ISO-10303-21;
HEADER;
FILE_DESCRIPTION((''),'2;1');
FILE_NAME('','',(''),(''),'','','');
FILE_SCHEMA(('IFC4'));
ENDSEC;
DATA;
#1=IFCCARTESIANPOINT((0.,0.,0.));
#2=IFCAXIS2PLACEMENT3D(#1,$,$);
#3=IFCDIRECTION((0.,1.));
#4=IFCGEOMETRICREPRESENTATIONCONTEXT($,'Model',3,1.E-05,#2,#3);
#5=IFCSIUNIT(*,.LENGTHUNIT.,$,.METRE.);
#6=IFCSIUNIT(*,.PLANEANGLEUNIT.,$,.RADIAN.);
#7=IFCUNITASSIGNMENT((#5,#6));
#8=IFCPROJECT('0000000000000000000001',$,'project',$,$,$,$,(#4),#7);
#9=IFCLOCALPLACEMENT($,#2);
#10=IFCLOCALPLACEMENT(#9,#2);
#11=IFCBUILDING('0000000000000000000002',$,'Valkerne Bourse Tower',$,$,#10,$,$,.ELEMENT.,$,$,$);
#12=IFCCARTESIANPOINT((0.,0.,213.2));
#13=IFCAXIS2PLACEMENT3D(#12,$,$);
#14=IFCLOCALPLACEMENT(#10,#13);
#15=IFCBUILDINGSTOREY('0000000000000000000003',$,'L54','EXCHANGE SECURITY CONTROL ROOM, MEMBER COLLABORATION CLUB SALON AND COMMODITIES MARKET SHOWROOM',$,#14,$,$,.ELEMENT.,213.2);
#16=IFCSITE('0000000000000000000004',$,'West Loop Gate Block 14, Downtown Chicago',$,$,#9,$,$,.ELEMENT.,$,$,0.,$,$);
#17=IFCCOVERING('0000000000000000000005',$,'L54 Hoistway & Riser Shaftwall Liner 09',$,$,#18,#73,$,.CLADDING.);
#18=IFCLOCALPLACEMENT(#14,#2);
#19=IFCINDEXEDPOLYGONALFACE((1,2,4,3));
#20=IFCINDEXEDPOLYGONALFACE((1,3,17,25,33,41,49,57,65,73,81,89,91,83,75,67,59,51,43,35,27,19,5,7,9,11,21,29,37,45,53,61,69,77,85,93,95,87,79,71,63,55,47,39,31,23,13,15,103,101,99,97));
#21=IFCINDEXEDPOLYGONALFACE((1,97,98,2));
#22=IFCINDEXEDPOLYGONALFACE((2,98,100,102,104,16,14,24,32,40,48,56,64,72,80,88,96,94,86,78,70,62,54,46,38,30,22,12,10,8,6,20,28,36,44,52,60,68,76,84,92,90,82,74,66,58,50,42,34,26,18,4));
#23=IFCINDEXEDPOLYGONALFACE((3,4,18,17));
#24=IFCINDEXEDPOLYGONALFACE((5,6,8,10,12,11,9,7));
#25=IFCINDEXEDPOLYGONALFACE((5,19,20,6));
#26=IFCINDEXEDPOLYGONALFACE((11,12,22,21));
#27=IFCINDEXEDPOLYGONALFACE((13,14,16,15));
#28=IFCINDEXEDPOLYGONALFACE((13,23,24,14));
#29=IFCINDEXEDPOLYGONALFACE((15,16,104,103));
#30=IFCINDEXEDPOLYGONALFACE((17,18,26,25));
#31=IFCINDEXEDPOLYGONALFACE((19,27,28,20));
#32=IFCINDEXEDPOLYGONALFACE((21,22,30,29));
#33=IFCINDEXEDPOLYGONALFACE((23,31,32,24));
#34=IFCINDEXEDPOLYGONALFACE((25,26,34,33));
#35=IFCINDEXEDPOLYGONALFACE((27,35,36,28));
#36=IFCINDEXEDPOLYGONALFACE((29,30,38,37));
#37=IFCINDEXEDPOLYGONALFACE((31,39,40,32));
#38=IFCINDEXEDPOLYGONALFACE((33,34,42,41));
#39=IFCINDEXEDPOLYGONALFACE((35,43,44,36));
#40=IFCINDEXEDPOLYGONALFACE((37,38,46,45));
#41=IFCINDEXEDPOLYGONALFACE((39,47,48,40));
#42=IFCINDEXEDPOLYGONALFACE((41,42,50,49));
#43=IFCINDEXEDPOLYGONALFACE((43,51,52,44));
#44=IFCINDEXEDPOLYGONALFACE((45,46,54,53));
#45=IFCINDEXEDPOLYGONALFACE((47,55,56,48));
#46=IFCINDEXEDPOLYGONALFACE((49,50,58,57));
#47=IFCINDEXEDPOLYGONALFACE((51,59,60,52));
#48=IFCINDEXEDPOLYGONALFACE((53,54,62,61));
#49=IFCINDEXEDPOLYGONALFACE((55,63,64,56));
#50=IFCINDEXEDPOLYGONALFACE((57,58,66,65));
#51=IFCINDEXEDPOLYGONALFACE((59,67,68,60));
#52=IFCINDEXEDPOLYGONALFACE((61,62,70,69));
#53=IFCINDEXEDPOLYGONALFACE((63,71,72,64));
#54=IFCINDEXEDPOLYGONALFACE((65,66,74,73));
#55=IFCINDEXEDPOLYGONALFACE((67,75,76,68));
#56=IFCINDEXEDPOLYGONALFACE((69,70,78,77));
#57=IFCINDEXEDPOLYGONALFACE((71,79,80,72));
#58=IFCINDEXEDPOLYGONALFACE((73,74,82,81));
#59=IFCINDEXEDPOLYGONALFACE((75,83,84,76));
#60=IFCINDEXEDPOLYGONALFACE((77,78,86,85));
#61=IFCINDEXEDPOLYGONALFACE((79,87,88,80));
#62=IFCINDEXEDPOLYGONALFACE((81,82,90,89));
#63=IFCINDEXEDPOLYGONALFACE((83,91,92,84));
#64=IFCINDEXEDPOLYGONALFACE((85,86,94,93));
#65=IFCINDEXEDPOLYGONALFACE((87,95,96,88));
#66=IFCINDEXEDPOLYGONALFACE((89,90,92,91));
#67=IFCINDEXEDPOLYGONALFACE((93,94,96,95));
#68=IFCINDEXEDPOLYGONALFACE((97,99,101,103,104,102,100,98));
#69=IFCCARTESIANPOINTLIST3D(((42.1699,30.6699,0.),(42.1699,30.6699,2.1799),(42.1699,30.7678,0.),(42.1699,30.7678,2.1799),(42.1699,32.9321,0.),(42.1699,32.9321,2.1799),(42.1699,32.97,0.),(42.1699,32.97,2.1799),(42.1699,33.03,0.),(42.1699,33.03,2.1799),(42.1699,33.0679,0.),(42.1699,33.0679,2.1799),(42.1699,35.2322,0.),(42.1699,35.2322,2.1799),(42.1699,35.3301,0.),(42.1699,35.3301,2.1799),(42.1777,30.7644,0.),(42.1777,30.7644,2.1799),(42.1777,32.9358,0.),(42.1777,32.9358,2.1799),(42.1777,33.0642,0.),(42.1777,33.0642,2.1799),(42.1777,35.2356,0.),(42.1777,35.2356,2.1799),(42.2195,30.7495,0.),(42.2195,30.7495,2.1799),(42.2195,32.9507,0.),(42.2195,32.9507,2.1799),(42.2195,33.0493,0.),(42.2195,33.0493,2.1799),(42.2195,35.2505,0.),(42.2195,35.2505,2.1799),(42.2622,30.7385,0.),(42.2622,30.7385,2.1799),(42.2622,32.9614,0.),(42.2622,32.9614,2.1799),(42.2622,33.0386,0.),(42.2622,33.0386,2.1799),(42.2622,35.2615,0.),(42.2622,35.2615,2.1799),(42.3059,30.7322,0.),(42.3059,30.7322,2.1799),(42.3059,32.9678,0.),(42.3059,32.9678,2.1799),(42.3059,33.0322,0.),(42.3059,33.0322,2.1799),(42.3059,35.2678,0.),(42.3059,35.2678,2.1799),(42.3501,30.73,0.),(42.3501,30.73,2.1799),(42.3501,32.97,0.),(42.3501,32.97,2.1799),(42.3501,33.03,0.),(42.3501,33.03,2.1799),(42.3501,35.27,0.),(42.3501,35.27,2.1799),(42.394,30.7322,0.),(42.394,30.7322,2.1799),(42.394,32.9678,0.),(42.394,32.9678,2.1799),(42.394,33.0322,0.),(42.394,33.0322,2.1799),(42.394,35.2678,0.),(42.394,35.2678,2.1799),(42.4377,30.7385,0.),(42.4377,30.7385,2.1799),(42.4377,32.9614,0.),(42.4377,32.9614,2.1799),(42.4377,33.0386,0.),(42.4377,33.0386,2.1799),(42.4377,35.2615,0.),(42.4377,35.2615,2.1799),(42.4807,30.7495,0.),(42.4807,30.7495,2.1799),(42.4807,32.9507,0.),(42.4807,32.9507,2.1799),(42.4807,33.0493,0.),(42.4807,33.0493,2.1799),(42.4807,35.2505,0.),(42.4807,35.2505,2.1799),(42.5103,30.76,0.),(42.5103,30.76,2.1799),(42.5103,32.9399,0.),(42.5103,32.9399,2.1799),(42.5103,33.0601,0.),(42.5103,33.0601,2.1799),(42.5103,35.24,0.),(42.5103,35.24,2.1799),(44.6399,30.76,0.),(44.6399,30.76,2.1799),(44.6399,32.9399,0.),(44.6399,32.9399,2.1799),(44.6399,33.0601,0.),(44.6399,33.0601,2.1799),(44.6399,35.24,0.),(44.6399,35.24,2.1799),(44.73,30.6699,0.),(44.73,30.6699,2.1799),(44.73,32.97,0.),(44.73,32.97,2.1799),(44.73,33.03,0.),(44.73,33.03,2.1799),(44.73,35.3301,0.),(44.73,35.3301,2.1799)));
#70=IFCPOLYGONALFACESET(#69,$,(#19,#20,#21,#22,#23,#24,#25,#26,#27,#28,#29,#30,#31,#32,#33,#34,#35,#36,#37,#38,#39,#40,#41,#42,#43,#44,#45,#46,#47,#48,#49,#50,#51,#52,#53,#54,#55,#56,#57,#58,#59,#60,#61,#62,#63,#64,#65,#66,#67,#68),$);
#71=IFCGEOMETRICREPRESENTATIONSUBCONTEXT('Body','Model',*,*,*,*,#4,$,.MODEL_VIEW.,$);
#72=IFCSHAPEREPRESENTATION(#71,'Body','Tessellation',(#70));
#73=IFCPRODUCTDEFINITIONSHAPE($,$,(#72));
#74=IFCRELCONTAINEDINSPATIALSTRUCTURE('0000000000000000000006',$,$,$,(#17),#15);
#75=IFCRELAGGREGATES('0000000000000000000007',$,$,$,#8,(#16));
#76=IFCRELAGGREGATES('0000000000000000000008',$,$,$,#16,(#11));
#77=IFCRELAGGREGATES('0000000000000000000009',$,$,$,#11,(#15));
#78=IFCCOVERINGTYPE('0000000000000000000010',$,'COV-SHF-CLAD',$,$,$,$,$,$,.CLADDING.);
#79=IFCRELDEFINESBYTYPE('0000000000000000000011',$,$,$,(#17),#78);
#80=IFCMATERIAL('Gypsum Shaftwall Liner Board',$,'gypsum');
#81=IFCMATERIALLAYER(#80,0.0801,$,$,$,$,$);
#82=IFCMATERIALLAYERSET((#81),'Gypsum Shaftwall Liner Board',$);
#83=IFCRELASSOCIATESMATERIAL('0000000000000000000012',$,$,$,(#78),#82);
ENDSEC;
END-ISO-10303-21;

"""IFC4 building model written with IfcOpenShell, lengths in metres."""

from ifc_helpers import new_model, si_unit, direction, frame, origin, place, context, subcontext, project, spatial, polyline, outline, extrude, material, layer, layer_set, type_object, element, save


model = new_model("IFC4")

# Units and contexts
model_context = context("Model", 3, precision=1e-05, world=origin(), true_north=direction((0.0, 1.0)))
body_context = subcontext(model_context, "Body", "Model", "MODEL_VIEW")
ifc_project = project(units=[si_unit("LENGTHUNIT", "METRE"), si_unit("PLANEANGLEUNIT", "RADIAN")], contexts=[model_context])

# Site, building, storey
site_placement = place(None, origin())
site = spatial("IfcSite", under=ifc_project, at=site_placement, Name="West Loop Gate Block 14, Downtown Chicago", CompositionType="ELEMENT", RefElevation=0.0)
building_placement = place(site_placement, origin())
building = spatial("IfcBuilding", under=site, at=building_placement, Name="Valkerne Bourse Tower", CompositionType="ELEMENT")
storey_placement = place(building_placement, frame((0.0, 0.0, 213.2)))
storey = spatial("IfcBuildingStorey", under=building, at=storey_placement, Name="L54", Description="EXCHANGE SECURITY CONTROL ROOM, MEMBER COLLABORATION CLUB SALON AND COMMODITIES MARKET SHOWROOM", CompositionType="ELEMENT", Elevation=213.2)

# Covering
ifc_material_1 = material(Name="Gypsum Shaftwall Liner Board", Category="gypsum")
ifc_layer_1 = layer(ifc_material_1, 0.0801)
ifc_layer_set_1 = layer_set([ifc_layer_1], Name="Gypsum Shaftwall Liner Board")
covering_type_1 = type_object("IfcCoveringType", Name="COV-SHF-CLAD", PredefinedType="CLADDING", material=ifc_layer_set_1)
covering_1_placement = place(storey_placement, origin())
element("IfcCovering", 1, at=covering_1_placement, inside=storey, type_object=covering_type_1, Name="L54 Hoistway & Riser Shaftwall Liner 09", PredefinedType="CLADDING", context=body_context, shape_type="SweptSolid", body=[
    extrude(outline(polyline([(42.1699, 33.0679), (42.1777, 33.0642), (42.2195, 33.0493), (42.2622, 33.0386), (42.3059, 33.0322), (42.3501, 33.03), (42.394, 33.0322), (42.4377, 33.0386), (42.4807, 33.0493), (42.5103, 33.0601), (44.6399, 33.0601), (44.6399, 35.24), (42.5103, 35.24), (42.4807, 35.2505), (42.4377, 35.2615), (42.394, 35.2678), (42.3501, 35.27), (42.3059, 35.2678), (42.2622, 35.2615), (42.2195, 35.2505), (42.1777, 35.2356), (42.1699, 35.2322), (42.1699, 35.3301), (44.73, 35.3301), (44.73, 33.03), (44.73, 32.97), (44.73, 30.6699), (42.1699, 30.6699), (42.1699, 30.7678), (42.1777, 30.7644), (42.2195, 30.7495), (42.2622, 30.7385), (42.3059, 30.7322), (42.3501, 30.73), (42.394, 30.7322), (42.4377, 30.7385), (42.4807, 30.7495), (42.5103, 30.76), (44.6399, 30.76), (44.6399, 32.9399), (42.5103, 32.9399), (42.4807, 32.9507), (42.4377, 32.9614), (42.394, 32.9678), (42.3501, 32.97), (42.3059, 32.9678), (42.2622, 32.9614), (42.2195, 32.9507), (42.1777, 32.9358), (42.1699, 32.9321), (42.1699, 32.97), (42.1699, 33.03), (42.1699, 33.0679)])), origin(), (0.0, 0.0, 1.0), 2.1799),
])

save(model, "model.ifc")
